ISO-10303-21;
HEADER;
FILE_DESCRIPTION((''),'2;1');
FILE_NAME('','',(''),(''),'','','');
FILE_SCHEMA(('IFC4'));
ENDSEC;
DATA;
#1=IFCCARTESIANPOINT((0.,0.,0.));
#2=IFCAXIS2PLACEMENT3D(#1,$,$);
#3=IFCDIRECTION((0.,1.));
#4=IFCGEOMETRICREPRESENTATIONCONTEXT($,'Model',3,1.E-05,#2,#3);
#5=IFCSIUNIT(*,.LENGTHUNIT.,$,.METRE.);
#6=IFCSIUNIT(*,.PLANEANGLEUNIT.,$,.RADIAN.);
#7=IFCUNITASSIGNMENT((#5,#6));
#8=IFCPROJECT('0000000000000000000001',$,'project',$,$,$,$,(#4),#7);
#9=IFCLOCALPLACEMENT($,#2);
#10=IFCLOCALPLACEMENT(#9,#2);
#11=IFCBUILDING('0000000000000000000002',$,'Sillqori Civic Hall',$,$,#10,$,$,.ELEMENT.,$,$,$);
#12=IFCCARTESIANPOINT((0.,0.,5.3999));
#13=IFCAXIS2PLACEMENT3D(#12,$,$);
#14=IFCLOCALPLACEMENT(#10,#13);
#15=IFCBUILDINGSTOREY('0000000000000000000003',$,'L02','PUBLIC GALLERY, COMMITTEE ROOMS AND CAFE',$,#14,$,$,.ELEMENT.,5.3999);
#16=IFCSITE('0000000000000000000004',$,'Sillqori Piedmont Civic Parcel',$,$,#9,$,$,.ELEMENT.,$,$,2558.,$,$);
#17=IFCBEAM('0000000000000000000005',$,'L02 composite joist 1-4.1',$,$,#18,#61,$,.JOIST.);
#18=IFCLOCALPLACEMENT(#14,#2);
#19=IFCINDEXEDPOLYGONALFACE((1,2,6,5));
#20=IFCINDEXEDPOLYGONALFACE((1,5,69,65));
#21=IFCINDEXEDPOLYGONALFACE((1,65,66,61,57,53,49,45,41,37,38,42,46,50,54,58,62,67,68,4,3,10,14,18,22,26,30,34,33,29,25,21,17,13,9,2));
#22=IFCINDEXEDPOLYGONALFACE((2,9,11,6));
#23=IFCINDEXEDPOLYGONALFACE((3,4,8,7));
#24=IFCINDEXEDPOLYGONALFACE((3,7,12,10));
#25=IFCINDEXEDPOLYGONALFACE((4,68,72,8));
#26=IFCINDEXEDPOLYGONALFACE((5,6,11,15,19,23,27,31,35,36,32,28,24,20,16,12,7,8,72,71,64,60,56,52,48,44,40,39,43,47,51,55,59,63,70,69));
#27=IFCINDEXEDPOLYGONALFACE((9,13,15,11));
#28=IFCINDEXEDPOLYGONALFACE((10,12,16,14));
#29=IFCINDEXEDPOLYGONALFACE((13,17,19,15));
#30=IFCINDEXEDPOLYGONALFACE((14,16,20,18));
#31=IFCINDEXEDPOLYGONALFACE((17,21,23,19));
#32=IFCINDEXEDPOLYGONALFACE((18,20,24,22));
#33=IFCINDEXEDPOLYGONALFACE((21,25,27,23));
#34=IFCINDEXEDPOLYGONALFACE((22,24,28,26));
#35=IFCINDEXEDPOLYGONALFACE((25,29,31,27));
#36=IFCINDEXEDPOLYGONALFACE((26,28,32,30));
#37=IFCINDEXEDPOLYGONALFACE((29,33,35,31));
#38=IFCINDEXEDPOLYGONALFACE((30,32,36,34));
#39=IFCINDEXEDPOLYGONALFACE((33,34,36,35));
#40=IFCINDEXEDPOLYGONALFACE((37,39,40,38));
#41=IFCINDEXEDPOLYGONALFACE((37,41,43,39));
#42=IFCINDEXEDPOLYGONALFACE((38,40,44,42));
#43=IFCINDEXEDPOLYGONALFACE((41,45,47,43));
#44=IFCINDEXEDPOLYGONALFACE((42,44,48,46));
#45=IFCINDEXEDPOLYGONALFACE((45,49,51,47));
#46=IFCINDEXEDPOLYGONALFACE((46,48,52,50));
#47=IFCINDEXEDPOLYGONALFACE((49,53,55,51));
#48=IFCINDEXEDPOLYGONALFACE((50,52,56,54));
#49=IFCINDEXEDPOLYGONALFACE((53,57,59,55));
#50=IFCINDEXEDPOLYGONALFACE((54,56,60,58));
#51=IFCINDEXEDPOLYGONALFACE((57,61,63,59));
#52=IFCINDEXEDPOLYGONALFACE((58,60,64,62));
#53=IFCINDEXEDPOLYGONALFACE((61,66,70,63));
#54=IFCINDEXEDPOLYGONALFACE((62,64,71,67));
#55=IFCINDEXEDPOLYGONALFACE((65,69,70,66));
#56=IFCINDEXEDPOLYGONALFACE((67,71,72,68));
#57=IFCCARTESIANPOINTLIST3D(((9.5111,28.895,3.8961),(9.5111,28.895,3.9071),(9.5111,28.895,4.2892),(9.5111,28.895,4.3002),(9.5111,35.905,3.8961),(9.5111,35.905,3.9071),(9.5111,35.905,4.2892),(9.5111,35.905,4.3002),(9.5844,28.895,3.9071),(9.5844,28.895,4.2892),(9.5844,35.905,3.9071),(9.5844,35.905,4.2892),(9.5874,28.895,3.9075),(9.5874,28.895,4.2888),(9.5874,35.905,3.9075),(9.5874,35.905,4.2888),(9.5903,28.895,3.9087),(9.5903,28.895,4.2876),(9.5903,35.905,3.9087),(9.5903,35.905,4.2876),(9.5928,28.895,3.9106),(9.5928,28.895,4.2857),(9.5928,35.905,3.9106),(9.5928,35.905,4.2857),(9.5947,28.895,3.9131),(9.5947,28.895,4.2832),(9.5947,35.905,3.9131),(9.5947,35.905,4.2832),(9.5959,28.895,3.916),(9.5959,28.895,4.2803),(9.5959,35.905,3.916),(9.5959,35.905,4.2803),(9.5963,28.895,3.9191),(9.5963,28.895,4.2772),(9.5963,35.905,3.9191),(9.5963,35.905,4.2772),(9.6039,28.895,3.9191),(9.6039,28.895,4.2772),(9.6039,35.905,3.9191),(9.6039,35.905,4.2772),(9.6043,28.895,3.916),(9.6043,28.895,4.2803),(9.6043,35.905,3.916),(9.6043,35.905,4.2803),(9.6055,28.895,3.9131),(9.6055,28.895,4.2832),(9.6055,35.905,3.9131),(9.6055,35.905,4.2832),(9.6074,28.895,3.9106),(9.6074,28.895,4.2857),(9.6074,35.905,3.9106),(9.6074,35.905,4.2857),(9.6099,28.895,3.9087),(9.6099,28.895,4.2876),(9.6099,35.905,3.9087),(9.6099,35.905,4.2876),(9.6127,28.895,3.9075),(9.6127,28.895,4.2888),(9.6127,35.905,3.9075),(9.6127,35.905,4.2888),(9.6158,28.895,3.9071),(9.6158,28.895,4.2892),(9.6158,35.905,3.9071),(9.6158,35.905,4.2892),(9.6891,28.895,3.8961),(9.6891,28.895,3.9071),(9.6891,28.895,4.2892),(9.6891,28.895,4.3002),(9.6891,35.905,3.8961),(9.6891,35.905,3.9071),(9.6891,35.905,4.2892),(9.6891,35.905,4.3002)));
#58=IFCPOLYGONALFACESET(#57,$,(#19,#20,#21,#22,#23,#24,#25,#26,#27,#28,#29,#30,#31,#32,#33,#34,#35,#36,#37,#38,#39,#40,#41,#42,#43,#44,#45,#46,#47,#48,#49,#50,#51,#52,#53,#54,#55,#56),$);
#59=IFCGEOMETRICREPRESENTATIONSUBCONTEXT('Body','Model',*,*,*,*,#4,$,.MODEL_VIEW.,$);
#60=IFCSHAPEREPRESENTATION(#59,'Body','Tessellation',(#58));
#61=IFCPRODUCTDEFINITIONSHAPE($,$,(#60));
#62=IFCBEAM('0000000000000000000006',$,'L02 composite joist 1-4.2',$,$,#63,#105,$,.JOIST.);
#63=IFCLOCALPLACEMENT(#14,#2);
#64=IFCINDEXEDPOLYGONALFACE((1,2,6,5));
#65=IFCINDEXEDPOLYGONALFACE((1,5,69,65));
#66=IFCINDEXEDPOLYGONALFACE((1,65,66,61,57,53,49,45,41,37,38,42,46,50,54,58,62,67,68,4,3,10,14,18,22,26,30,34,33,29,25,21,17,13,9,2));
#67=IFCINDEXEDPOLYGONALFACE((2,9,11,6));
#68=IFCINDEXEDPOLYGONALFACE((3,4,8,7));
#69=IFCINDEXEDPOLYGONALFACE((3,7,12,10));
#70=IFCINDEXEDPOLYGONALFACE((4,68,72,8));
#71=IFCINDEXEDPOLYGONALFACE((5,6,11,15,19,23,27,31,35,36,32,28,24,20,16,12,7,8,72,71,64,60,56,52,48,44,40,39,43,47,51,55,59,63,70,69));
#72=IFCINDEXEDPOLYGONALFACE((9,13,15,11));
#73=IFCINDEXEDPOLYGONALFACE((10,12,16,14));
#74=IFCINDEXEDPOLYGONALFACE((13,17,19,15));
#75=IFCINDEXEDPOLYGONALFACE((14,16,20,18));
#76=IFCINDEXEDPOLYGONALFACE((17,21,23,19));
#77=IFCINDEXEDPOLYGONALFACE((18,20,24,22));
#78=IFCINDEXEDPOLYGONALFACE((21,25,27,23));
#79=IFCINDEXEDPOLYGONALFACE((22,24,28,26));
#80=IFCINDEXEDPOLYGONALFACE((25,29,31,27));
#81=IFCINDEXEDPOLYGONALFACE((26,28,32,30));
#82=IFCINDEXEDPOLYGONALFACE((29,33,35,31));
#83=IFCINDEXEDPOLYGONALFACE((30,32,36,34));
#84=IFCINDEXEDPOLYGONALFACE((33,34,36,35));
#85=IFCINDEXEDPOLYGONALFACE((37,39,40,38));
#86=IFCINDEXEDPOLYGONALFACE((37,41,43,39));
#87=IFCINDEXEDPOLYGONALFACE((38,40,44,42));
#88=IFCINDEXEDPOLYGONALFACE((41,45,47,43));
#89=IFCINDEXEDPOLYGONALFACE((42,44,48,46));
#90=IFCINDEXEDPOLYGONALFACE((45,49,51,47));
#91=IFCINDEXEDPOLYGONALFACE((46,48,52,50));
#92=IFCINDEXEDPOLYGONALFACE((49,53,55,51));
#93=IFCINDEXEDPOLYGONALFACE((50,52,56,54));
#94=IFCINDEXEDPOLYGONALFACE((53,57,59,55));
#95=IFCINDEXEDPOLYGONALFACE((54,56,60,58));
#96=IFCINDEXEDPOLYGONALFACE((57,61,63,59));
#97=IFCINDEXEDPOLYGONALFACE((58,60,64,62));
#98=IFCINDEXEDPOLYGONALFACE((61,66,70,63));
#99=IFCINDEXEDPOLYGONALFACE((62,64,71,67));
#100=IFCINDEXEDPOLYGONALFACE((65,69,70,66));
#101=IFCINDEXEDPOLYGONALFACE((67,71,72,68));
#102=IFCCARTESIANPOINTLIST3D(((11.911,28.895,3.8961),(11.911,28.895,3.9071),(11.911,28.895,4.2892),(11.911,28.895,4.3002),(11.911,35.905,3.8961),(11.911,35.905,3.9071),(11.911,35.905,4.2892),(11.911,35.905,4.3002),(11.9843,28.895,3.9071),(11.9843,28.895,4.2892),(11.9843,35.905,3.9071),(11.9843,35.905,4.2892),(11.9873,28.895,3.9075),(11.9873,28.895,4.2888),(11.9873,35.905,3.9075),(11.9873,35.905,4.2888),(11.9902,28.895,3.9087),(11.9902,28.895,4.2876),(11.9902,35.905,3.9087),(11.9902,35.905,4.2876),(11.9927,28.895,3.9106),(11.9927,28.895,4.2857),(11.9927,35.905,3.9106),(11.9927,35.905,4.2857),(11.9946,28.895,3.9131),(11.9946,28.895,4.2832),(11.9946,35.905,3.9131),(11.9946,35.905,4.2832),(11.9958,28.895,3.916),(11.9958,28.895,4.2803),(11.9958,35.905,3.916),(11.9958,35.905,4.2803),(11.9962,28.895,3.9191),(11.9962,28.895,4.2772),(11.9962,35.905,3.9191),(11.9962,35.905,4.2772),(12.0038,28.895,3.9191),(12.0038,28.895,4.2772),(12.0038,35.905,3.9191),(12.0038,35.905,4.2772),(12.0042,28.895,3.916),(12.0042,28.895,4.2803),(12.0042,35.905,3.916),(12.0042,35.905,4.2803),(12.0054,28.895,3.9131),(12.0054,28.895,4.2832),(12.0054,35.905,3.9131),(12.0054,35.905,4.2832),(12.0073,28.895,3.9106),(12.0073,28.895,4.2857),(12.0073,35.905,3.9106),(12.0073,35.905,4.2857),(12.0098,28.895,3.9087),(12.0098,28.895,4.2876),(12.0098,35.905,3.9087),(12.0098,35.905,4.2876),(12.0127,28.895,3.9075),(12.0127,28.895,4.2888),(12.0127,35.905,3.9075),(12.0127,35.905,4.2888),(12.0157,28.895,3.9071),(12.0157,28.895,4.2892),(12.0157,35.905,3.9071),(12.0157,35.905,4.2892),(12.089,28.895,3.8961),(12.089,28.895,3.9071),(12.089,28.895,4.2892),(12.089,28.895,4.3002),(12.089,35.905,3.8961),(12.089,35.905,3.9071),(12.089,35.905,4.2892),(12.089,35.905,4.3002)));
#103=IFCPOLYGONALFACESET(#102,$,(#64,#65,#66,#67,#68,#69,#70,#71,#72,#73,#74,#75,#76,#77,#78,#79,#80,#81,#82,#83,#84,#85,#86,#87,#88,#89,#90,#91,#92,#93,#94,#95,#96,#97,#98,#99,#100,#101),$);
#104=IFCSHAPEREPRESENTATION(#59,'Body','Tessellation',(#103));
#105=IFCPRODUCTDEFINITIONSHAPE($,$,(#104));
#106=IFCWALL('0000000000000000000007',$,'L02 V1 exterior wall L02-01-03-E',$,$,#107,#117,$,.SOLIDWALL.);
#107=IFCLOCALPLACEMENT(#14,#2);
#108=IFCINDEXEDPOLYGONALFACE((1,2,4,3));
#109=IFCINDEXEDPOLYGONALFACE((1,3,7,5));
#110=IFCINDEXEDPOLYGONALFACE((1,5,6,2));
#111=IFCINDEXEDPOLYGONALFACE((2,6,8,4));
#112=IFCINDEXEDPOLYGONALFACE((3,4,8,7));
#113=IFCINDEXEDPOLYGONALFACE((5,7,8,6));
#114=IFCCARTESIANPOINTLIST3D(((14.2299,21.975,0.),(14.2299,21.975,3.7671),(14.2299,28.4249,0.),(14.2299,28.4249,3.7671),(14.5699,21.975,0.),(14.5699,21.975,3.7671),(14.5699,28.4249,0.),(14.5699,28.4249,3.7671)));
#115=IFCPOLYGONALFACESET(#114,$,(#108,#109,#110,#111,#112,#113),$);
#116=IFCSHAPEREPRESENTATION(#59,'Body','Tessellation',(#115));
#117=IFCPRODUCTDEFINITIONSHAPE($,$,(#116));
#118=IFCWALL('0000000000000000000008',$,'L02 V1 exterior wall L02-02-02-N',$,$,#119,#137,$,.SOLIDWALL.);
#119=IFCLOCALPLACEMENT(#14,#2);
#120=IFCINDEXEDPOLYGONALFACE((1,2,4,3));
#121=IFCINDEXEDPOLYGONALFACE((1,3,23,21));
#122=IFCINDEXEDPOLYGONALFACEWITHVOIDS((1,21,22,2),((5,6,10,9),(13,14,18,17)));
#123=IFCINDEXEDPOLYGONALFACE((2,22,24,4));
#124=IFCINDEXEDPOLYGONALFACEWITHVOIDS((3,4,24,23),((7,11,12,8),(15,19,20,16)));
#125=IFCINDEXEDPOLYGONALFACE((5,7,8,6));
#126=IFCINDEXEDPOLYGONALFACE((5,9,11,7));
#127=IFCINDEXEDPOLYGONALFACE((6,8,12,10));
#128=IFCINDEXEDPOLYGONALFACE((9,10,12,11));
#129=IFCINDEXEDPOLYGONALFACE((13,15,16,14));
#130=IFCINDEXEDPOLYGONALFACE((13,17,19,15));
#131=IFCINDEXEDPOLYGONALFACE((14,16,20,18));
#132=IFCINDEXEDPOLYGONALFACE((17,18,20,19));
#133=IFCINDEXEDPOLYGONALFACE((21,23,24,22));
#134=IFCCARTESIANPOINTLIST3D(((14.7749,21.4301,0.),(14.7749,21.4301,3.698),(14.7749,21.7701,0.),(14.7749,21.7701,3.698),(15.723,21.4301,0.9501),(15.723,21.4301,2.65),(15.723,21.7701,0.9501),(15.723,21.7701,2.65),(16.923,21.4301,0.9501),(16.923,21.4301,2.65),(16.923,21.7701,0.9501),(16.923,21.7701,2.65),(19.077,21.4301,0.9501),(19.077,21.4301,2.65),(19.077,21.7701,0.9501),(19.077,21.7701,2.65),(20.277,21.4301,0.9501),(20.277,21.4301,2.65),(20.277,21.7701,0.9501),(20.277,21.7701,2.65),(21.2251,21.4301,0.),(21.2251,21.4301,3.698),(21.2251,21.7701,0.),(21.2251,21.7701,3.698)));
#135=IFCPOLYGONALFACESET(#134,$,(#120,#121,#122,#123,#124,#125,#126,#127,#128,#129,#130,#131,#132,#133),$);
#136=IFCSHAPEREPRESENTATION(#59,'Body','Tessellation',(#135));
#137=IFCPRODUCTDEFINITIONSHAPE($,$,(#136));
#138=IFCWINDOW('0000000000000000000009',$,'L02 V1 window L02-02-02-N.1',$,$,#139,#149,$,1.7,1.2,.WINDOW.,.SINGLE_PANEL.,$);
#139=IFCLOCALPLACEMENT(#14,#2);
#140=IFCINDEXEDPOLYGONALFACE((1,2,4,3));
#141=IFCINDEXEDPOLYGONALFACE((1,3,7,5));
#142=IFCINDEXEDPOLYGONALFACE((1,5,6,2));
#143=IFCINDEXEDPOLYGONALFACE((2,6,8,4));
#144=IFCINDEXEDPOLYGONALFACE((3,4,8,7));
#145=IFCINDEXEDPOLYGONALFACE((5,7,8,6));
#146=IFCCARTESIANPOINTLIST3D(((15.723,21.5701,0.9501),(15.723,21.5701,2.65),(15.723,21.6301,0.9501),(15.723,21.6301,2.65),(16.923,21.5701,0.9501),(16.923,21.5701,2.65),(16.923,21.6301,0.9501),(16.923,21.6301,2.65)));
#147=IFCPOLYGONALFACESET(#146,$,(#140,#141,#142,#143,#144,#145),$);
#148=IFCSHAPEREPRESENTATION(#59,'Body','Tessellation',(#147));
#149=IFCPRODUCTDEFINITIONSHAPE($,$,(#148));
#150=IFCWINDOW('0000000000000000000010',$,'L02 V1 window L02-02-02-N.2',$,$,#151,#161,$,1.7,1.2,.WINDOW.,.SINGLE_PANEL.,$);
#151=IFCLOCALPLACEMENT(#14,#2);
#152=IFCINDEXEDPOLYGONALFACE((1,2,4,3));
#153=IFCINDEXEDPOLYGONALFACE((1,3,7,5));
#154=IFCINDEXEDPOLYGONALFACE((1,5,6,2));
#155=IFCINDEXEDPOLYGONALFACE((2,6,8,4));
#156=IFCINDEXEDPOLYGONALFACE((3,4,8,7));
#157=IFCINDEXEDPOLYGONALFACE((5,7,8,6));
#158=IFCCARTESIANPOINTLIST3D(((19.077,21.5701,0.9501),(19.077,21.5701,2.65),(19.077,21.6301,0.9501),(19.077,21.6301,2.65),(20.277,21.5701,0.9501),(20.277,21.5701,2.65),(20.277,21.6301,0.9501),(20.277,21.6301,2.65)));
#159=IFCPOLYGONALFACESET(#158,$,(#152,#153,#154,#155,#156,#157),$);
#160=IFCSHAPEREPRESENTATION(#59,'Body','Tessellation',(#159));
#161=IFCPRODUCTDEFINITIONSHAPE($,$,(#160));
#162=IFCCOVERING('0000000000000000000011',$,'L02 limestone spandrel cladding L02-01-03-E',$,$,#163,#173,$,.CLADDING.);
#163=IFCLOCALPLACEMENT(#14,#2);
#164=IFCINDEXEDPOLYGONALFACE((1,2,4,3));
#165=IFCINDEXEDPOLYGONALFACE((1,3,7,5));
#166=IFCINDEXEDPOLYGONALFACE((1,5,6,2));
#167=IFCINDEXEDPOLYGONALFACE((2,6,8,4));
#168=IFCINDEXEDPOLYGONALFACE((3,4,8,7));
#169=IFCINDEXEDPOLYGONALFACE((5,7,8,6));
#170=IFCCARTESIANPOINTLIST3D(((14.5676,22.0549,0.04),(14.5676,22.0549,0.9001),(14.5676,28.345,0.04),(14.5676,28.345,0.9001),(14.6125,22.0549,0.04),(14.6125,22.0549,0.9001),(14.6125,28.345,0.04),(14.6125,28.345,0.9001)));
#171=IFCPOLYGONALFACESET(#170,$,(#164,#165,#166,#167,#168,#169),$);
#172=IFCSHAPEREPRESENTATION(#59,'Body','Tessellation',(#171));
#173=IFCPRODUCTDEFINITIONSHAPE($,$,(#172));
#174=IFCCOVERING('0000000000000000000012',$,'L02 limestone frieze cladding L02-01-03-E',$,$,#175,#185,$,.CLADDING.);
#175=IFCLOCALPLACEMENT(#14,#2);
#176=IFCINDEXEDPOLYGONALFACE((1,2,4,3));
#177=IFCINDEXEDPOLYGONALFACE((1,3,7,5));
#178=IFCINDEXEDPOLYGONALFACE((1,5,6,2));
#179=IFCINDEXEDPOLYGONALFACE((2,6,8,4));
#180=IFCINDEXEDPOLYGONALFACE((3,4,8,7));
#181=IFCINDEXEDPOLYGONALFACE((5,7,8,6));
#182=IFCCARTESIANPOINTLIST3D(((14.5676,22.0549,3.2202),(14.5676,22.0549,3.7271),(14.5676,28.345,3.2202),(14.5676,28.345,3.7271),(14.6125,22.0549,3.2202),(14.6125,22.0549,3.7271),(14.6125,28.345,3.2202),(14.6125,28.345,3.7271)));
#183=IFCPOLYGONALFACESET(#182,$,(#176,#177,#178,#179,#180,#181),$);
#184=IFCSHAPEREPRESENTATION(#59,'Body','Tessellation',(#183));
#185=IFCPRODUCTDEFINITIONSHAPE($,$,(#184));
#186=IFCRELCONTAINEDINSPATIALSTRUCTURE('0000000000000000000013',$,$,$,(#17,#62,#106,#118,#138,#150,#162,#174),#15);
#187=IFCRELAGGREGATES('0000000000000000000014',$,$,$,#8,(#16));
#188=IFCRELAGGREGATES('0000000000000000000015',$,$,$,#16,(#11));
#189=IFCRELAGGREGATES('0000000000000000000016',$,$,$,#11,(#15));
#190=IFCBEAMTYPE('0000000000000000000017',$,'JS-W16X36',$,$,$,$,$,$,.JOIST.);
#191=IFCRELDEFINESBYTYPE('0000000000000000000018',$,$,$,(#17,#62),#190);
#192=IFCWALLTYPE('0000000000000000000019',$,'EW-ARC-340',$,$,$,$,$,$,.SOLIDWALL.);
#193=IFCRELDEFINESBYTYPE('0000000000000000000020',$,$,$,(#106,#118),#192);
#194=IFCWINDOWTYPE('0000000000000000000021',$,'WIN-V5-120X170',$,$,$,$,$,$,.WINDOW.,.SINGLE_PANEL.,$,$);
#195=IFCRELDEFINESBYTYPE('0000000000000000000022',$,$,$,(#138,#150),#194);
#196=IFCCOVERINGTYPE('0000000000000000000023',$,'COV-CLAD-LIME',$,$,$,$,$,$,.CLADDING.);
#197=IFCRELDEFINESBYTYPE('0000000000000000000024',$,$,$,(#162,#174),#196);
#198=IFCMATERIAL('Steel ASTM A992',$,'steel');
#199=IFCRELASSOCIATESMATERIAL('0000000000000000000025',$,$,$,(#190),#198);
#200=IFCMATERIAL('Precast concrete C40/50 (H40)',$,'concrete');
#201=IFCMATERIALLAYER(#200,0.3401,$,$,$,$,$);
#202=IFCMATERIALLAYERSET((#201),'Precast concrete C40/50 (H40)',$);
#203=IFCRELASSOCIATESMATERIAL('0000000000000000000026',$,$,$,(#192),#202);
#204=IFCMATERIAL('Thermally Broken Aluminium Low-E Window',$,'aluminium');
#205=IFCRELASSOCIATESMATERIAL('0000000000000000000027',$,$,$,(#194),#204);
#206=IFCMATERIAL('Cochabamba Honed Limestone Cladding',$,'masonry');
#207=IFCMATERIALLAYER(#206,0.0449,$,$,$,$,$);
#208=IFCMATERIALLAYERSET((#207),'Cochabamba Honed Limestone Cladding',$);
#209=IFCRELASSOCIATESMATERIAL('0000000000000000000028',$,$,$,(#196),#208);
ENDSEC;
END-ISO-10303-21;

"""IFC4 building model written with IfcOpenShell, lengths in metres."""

from ifc_helpers import new_model, si_unit, direction, frame, frame_2d, origin, origin_2d, place, context, subcontext, project, spatial, rectangle, i_section, extrude, material, layer, layer_set, material_profile, profile_set, type_object, element, fill, save


model = new_model("IFC4")

# Units and contexts
model_context = context("Model", 3, precision=1e-05, world=origin(), true_north=direction((0.0, 1.0)))
body_context = subcontext(model_context, "Body", "Model", "MODEL_VIEW")
ifc_project = project(units=[si_unit("LENGTHUNIT", "METRE"), si_unit("PLANEANGLEUNIT", "RADIAN")], contexts=[model_context])

# Site, building, storey
site_placement = place(None, origin())
site = spatial("IfcSite", under=ifc_project, at=site_placement, Name="Sillqori Piedmont Civic Parcel", CompositionType="ELEMENT", RefElevation=2558.0)
building_placement = place(site_placement, origin())
building = spatial("IfcBuilding", under=site, at=building_placement, Name="Sillqori Civic Hall", CompositionType="ELEMENT")
storey_placement = place(building_placement, frame((0.0, 0.0, 5.3999)))
storey = spatial("IfcBuildingStorey", under=building, at=storey_placement, Name="L02", Description="PUBLIC GALLERY, COMMITTEE ROOMS AND CAFE", CompositionType="ELEMENT", Elevation=5.3999)

# Beams
ifc_material_1 = material(Name="Steel ASTM A992", Category="steel")
ifc_material_profile_1 = material_profile(ifc_material_1, i_section(OverallWidth=0.178, OverallDepth=0.4041, WebThickness=0.0076, FlangeThickness=0.011, FilletRadius=0.012, at=origin_2d()), Name="W16X36")
ifc_profile_set_1 = profile_set([ifc_material_profile_1], Name="Steel ASTM A992")
beam_type_1 = type_object("IfcBeamType", Name="JS-W16X36", PredefinedType="JOIST", material=ifc_profile_set_1)
for number, where, z_axis, x_axis, name in (
    (1, (9.6001, 28.895, 4.0981), (0.0, 1.0, 0.0), (-1.0, 0.0, 0.0), "L02 composite joist 1-4.1"),
    (2, (12.0, 28.895, 4.0981), (0.0, 1.0, 0.0), (-1.0, 0.0, 0.0), "L02 composite joist 1-4.2"),
):
    element("IfcBeam", number, at=place(storey_placement, frame(where, z_axis=z_axis, x_axis=x_axis)), inside=storey, type_object=beam_type_1, Name=name, PredefinedType="JOIST", context=body_context, shape_type="SweptSolid", body=[
        extrude(i_section(OverallWidth=0.178, OverallDepth=0.4041, WebThickness=0.0076, FlangeThickness=0.011, FilletRadius=0.012, at=origin_2d()), origin(), (0.0, 0.0, 1.0), 7.01),
    ])

# Wall
ifc_material_2 = material(Name="Precast concrete C40/50 (H40)", Category="concrete")
ifc_layer_1 = layer(ifc_material_2, 0.3401)
ifc_layer_set_1 = layer_set([ifc_layer_1], Name="Precast concrete C40/50 (H40)")
wall_type = type_object("IfcWallType", Name="EW-ARC-340", PredefinedType="SOLIDWALL", material=ifc_layer_set_1)
wall_1_placement = place(storey_placement, frame((14.3999, 28.425, 0.0), z_axis=(0.0, 0.0, 1.0), x_axis=(0.0, -1.0, 0.0)))
element("IfcWall", 3, at=wall_1_placement, inside=storey, type_object=wall_type, Name="L02 V1 exterior wall L02-01-03-E", PredefinedType="SOLIDWALL", context=body_context, shape_type="SweptSolid", body=[
    extrude(rectangle(XDim=6.45, YDim=0.3401, at=frame_2d((3.2251, 0.0))), origin(), (0.0, 0.0, 1.0), 3.7671),
])

# Wall, openings, windows
wall_2_placement = place(storey_placement, frame((14.7749, 21.6001, 0.0), z_axis=(0.0, 0.0, 1.0), x_axis=(1.0, 0.0, 0.0)))
wall_2 = element("IfcWall", 4, at=wall_2_placement, inside=storey, type_object=wall_type, Name="L02 V1 exterior wall L02-02-02-N", PredefinedType="SOLIDWALL", context=body_context, shape_type="SweptSolid", body=[
    extrude(rectangle(XDim=6.4502, YDim=0.3401, at=frame_2d((3.2251, 0.0))), origin(), (0.0, 0.0, 1.0), 3.698),
])
opening_1_placement = place(wall_2_placement, frame((0.948, 0.0, 0.95)))
opening_1 = element("IfcOpeningElement", 5, at=opening_1_placement, cuts=wall_2, PredefinedType="OPENING", context=body_context, shape_type="SweptSolid", body=[
    extrude(rectangle(XDim=1.2, YDim=1.7, at=frame_2d((0.6001, 0.8501))), frame((0.0, 0.1799, 0.0), z_axis=(0.0, -1.0, 0.0), x_axis=(1.0, 0.0, 0.0)), (0.0, 0.0, 1.0), 0.3601),
])
opening_2_placement = place(wall_2_placement, frame((4.302, 0.0, 0.95)))
opening_2 = element("IfcOpeningElement", 6, at=opening_2_placement, cuts=wall_2, PredefinedType="OPENING", context=body_context, shape_type="SweptSolid", body=[
    extrude(rectangle(XDim=1.2, YDim=1.7, at=frame_2d((0.6001, 0.8501))), frame((0.0, 0.1799, 0.0), z_axis=(0.0, -1.0, 0.0), x_axis=(1.0, 0.0, 0.0)), (0.0, 0.0, 1.0), 0.3601),
])
ifc_material_3 = material(Name="Thermally Broken Aluminium Low-E Window", Category="aluminium")
window_type = type_object("IfcWindowType", Name="WIN-V5-120X170", PartitioningType="SINGLE_PANEL", PredefinedType="WINDOW", material=ifc_material_3)
window_1_placement = place(opening_1_placement, origin())
window_1 = element("IfcWindow", 7, at=window_1_placement, inside=storey, type_object=window_type, Name="L02 V1 window L02-02-02-N.1", OverallHeight=1.7, OverallWidth=1.2, PartitioningType="SINGLE_PANEL", PredefinedType="WINDOW", context=body_context, shape_type="SweptSolid", body=[
    extrude(rectangle(XDim=1.2, YDim=1.7, at=frame_2d((0.6001, 0.8501))), frame((0.0, 0.03, 0.0), z_axis=(0.0, -1.0, 0.0), x_axis=(1.0, 0.0, 0.0)), (0.0, 0.0, 1.0), 0.0601),
])
fill(opening_1, window_1)
window_2_placement = place(opening_2_placement, origin())
window_2 = element("IfcWindow", 8, at=window_2_placement, inside=storey, type_object=window_type, Name="L02 V1 window L02-02-02-N.2", OverallHeight=1.7, OverallWidth=1.2, PartitioningType="SINGLE_PANEL", PredefinedType="WINDOW", context=body_context, shape_type="SweptSolid", body=[
    extrude(rectangle(XDim=1.2, YDim=1.7, at=frame_2d((0.6001, 0.8501))), frame((0.0, 0.03, 0.0), z_axis=(0.0, -1.0, 0.0), x_axis=(1.0, 0.0, 0.0)), (0.0, 0.0, 1.0), 0.0601),
])
fill(opening_2, window_2)

# Coverings
ifc_material_4 = material(Name="Cochabamba Honed Limestone Cladding", Category="masonry")
ifc_layer_2 = layer(ifc_material_4, 0.0449)
ifc_layer_set_2 = layer_set([ifc_layer_2], Name="Cochabamba Honed Limestone Cladding")
covering_type = type_object("IfcCoveringType", Name="COV-CLAD-LIME", PredefinedType="CLADDING", material=ifc_layer_set_2)
covering_1_placement = place(storey_placement, frame((14.5901, 28.345, 0.04), z_axis=(0.0, 0.0, 1.0), x_axis=(0.0, -1.0, 0.0)))
element("IfcCovering", 9, at=covering_1_placement, inside=storey, type_object=covering_type, Name="L02 limestone spandrel cladding L02-01-03-E", PredefinedType="CLADDING", context=body_context, shape_type="SweptSolid", body=[
    extrude(rectangle(XDim=6.29, YDim=0.0449, at=frame_2d((3.145, 0.0))), origin(), (0.0, 0.0, 1.0), 0.8601),
])
covering_2_placement = place(storey_placement, frame((14.5901, 28.345, 3.2202), z_axis=(0.0, 0.0, 1.0), x_axis=(0.0, -1.0, 0.0)))
element("IfcCovering", 10, at=covering_2_placement, inside=storey, type_object=covering_type, Name="L02 limestone frieze cladding L02-01-03-E", PredefinedType="CLADDING", context=body_context, shape_type="SweptSolid", body=[
    extrude(rectangle(XDim=6.29, YDim=0.0449, at=frame_2d((3.145, 0.0))), origin(), (0.0, 0.0, 1.0), 0.5068),
])

save(model, "model.ifc")
